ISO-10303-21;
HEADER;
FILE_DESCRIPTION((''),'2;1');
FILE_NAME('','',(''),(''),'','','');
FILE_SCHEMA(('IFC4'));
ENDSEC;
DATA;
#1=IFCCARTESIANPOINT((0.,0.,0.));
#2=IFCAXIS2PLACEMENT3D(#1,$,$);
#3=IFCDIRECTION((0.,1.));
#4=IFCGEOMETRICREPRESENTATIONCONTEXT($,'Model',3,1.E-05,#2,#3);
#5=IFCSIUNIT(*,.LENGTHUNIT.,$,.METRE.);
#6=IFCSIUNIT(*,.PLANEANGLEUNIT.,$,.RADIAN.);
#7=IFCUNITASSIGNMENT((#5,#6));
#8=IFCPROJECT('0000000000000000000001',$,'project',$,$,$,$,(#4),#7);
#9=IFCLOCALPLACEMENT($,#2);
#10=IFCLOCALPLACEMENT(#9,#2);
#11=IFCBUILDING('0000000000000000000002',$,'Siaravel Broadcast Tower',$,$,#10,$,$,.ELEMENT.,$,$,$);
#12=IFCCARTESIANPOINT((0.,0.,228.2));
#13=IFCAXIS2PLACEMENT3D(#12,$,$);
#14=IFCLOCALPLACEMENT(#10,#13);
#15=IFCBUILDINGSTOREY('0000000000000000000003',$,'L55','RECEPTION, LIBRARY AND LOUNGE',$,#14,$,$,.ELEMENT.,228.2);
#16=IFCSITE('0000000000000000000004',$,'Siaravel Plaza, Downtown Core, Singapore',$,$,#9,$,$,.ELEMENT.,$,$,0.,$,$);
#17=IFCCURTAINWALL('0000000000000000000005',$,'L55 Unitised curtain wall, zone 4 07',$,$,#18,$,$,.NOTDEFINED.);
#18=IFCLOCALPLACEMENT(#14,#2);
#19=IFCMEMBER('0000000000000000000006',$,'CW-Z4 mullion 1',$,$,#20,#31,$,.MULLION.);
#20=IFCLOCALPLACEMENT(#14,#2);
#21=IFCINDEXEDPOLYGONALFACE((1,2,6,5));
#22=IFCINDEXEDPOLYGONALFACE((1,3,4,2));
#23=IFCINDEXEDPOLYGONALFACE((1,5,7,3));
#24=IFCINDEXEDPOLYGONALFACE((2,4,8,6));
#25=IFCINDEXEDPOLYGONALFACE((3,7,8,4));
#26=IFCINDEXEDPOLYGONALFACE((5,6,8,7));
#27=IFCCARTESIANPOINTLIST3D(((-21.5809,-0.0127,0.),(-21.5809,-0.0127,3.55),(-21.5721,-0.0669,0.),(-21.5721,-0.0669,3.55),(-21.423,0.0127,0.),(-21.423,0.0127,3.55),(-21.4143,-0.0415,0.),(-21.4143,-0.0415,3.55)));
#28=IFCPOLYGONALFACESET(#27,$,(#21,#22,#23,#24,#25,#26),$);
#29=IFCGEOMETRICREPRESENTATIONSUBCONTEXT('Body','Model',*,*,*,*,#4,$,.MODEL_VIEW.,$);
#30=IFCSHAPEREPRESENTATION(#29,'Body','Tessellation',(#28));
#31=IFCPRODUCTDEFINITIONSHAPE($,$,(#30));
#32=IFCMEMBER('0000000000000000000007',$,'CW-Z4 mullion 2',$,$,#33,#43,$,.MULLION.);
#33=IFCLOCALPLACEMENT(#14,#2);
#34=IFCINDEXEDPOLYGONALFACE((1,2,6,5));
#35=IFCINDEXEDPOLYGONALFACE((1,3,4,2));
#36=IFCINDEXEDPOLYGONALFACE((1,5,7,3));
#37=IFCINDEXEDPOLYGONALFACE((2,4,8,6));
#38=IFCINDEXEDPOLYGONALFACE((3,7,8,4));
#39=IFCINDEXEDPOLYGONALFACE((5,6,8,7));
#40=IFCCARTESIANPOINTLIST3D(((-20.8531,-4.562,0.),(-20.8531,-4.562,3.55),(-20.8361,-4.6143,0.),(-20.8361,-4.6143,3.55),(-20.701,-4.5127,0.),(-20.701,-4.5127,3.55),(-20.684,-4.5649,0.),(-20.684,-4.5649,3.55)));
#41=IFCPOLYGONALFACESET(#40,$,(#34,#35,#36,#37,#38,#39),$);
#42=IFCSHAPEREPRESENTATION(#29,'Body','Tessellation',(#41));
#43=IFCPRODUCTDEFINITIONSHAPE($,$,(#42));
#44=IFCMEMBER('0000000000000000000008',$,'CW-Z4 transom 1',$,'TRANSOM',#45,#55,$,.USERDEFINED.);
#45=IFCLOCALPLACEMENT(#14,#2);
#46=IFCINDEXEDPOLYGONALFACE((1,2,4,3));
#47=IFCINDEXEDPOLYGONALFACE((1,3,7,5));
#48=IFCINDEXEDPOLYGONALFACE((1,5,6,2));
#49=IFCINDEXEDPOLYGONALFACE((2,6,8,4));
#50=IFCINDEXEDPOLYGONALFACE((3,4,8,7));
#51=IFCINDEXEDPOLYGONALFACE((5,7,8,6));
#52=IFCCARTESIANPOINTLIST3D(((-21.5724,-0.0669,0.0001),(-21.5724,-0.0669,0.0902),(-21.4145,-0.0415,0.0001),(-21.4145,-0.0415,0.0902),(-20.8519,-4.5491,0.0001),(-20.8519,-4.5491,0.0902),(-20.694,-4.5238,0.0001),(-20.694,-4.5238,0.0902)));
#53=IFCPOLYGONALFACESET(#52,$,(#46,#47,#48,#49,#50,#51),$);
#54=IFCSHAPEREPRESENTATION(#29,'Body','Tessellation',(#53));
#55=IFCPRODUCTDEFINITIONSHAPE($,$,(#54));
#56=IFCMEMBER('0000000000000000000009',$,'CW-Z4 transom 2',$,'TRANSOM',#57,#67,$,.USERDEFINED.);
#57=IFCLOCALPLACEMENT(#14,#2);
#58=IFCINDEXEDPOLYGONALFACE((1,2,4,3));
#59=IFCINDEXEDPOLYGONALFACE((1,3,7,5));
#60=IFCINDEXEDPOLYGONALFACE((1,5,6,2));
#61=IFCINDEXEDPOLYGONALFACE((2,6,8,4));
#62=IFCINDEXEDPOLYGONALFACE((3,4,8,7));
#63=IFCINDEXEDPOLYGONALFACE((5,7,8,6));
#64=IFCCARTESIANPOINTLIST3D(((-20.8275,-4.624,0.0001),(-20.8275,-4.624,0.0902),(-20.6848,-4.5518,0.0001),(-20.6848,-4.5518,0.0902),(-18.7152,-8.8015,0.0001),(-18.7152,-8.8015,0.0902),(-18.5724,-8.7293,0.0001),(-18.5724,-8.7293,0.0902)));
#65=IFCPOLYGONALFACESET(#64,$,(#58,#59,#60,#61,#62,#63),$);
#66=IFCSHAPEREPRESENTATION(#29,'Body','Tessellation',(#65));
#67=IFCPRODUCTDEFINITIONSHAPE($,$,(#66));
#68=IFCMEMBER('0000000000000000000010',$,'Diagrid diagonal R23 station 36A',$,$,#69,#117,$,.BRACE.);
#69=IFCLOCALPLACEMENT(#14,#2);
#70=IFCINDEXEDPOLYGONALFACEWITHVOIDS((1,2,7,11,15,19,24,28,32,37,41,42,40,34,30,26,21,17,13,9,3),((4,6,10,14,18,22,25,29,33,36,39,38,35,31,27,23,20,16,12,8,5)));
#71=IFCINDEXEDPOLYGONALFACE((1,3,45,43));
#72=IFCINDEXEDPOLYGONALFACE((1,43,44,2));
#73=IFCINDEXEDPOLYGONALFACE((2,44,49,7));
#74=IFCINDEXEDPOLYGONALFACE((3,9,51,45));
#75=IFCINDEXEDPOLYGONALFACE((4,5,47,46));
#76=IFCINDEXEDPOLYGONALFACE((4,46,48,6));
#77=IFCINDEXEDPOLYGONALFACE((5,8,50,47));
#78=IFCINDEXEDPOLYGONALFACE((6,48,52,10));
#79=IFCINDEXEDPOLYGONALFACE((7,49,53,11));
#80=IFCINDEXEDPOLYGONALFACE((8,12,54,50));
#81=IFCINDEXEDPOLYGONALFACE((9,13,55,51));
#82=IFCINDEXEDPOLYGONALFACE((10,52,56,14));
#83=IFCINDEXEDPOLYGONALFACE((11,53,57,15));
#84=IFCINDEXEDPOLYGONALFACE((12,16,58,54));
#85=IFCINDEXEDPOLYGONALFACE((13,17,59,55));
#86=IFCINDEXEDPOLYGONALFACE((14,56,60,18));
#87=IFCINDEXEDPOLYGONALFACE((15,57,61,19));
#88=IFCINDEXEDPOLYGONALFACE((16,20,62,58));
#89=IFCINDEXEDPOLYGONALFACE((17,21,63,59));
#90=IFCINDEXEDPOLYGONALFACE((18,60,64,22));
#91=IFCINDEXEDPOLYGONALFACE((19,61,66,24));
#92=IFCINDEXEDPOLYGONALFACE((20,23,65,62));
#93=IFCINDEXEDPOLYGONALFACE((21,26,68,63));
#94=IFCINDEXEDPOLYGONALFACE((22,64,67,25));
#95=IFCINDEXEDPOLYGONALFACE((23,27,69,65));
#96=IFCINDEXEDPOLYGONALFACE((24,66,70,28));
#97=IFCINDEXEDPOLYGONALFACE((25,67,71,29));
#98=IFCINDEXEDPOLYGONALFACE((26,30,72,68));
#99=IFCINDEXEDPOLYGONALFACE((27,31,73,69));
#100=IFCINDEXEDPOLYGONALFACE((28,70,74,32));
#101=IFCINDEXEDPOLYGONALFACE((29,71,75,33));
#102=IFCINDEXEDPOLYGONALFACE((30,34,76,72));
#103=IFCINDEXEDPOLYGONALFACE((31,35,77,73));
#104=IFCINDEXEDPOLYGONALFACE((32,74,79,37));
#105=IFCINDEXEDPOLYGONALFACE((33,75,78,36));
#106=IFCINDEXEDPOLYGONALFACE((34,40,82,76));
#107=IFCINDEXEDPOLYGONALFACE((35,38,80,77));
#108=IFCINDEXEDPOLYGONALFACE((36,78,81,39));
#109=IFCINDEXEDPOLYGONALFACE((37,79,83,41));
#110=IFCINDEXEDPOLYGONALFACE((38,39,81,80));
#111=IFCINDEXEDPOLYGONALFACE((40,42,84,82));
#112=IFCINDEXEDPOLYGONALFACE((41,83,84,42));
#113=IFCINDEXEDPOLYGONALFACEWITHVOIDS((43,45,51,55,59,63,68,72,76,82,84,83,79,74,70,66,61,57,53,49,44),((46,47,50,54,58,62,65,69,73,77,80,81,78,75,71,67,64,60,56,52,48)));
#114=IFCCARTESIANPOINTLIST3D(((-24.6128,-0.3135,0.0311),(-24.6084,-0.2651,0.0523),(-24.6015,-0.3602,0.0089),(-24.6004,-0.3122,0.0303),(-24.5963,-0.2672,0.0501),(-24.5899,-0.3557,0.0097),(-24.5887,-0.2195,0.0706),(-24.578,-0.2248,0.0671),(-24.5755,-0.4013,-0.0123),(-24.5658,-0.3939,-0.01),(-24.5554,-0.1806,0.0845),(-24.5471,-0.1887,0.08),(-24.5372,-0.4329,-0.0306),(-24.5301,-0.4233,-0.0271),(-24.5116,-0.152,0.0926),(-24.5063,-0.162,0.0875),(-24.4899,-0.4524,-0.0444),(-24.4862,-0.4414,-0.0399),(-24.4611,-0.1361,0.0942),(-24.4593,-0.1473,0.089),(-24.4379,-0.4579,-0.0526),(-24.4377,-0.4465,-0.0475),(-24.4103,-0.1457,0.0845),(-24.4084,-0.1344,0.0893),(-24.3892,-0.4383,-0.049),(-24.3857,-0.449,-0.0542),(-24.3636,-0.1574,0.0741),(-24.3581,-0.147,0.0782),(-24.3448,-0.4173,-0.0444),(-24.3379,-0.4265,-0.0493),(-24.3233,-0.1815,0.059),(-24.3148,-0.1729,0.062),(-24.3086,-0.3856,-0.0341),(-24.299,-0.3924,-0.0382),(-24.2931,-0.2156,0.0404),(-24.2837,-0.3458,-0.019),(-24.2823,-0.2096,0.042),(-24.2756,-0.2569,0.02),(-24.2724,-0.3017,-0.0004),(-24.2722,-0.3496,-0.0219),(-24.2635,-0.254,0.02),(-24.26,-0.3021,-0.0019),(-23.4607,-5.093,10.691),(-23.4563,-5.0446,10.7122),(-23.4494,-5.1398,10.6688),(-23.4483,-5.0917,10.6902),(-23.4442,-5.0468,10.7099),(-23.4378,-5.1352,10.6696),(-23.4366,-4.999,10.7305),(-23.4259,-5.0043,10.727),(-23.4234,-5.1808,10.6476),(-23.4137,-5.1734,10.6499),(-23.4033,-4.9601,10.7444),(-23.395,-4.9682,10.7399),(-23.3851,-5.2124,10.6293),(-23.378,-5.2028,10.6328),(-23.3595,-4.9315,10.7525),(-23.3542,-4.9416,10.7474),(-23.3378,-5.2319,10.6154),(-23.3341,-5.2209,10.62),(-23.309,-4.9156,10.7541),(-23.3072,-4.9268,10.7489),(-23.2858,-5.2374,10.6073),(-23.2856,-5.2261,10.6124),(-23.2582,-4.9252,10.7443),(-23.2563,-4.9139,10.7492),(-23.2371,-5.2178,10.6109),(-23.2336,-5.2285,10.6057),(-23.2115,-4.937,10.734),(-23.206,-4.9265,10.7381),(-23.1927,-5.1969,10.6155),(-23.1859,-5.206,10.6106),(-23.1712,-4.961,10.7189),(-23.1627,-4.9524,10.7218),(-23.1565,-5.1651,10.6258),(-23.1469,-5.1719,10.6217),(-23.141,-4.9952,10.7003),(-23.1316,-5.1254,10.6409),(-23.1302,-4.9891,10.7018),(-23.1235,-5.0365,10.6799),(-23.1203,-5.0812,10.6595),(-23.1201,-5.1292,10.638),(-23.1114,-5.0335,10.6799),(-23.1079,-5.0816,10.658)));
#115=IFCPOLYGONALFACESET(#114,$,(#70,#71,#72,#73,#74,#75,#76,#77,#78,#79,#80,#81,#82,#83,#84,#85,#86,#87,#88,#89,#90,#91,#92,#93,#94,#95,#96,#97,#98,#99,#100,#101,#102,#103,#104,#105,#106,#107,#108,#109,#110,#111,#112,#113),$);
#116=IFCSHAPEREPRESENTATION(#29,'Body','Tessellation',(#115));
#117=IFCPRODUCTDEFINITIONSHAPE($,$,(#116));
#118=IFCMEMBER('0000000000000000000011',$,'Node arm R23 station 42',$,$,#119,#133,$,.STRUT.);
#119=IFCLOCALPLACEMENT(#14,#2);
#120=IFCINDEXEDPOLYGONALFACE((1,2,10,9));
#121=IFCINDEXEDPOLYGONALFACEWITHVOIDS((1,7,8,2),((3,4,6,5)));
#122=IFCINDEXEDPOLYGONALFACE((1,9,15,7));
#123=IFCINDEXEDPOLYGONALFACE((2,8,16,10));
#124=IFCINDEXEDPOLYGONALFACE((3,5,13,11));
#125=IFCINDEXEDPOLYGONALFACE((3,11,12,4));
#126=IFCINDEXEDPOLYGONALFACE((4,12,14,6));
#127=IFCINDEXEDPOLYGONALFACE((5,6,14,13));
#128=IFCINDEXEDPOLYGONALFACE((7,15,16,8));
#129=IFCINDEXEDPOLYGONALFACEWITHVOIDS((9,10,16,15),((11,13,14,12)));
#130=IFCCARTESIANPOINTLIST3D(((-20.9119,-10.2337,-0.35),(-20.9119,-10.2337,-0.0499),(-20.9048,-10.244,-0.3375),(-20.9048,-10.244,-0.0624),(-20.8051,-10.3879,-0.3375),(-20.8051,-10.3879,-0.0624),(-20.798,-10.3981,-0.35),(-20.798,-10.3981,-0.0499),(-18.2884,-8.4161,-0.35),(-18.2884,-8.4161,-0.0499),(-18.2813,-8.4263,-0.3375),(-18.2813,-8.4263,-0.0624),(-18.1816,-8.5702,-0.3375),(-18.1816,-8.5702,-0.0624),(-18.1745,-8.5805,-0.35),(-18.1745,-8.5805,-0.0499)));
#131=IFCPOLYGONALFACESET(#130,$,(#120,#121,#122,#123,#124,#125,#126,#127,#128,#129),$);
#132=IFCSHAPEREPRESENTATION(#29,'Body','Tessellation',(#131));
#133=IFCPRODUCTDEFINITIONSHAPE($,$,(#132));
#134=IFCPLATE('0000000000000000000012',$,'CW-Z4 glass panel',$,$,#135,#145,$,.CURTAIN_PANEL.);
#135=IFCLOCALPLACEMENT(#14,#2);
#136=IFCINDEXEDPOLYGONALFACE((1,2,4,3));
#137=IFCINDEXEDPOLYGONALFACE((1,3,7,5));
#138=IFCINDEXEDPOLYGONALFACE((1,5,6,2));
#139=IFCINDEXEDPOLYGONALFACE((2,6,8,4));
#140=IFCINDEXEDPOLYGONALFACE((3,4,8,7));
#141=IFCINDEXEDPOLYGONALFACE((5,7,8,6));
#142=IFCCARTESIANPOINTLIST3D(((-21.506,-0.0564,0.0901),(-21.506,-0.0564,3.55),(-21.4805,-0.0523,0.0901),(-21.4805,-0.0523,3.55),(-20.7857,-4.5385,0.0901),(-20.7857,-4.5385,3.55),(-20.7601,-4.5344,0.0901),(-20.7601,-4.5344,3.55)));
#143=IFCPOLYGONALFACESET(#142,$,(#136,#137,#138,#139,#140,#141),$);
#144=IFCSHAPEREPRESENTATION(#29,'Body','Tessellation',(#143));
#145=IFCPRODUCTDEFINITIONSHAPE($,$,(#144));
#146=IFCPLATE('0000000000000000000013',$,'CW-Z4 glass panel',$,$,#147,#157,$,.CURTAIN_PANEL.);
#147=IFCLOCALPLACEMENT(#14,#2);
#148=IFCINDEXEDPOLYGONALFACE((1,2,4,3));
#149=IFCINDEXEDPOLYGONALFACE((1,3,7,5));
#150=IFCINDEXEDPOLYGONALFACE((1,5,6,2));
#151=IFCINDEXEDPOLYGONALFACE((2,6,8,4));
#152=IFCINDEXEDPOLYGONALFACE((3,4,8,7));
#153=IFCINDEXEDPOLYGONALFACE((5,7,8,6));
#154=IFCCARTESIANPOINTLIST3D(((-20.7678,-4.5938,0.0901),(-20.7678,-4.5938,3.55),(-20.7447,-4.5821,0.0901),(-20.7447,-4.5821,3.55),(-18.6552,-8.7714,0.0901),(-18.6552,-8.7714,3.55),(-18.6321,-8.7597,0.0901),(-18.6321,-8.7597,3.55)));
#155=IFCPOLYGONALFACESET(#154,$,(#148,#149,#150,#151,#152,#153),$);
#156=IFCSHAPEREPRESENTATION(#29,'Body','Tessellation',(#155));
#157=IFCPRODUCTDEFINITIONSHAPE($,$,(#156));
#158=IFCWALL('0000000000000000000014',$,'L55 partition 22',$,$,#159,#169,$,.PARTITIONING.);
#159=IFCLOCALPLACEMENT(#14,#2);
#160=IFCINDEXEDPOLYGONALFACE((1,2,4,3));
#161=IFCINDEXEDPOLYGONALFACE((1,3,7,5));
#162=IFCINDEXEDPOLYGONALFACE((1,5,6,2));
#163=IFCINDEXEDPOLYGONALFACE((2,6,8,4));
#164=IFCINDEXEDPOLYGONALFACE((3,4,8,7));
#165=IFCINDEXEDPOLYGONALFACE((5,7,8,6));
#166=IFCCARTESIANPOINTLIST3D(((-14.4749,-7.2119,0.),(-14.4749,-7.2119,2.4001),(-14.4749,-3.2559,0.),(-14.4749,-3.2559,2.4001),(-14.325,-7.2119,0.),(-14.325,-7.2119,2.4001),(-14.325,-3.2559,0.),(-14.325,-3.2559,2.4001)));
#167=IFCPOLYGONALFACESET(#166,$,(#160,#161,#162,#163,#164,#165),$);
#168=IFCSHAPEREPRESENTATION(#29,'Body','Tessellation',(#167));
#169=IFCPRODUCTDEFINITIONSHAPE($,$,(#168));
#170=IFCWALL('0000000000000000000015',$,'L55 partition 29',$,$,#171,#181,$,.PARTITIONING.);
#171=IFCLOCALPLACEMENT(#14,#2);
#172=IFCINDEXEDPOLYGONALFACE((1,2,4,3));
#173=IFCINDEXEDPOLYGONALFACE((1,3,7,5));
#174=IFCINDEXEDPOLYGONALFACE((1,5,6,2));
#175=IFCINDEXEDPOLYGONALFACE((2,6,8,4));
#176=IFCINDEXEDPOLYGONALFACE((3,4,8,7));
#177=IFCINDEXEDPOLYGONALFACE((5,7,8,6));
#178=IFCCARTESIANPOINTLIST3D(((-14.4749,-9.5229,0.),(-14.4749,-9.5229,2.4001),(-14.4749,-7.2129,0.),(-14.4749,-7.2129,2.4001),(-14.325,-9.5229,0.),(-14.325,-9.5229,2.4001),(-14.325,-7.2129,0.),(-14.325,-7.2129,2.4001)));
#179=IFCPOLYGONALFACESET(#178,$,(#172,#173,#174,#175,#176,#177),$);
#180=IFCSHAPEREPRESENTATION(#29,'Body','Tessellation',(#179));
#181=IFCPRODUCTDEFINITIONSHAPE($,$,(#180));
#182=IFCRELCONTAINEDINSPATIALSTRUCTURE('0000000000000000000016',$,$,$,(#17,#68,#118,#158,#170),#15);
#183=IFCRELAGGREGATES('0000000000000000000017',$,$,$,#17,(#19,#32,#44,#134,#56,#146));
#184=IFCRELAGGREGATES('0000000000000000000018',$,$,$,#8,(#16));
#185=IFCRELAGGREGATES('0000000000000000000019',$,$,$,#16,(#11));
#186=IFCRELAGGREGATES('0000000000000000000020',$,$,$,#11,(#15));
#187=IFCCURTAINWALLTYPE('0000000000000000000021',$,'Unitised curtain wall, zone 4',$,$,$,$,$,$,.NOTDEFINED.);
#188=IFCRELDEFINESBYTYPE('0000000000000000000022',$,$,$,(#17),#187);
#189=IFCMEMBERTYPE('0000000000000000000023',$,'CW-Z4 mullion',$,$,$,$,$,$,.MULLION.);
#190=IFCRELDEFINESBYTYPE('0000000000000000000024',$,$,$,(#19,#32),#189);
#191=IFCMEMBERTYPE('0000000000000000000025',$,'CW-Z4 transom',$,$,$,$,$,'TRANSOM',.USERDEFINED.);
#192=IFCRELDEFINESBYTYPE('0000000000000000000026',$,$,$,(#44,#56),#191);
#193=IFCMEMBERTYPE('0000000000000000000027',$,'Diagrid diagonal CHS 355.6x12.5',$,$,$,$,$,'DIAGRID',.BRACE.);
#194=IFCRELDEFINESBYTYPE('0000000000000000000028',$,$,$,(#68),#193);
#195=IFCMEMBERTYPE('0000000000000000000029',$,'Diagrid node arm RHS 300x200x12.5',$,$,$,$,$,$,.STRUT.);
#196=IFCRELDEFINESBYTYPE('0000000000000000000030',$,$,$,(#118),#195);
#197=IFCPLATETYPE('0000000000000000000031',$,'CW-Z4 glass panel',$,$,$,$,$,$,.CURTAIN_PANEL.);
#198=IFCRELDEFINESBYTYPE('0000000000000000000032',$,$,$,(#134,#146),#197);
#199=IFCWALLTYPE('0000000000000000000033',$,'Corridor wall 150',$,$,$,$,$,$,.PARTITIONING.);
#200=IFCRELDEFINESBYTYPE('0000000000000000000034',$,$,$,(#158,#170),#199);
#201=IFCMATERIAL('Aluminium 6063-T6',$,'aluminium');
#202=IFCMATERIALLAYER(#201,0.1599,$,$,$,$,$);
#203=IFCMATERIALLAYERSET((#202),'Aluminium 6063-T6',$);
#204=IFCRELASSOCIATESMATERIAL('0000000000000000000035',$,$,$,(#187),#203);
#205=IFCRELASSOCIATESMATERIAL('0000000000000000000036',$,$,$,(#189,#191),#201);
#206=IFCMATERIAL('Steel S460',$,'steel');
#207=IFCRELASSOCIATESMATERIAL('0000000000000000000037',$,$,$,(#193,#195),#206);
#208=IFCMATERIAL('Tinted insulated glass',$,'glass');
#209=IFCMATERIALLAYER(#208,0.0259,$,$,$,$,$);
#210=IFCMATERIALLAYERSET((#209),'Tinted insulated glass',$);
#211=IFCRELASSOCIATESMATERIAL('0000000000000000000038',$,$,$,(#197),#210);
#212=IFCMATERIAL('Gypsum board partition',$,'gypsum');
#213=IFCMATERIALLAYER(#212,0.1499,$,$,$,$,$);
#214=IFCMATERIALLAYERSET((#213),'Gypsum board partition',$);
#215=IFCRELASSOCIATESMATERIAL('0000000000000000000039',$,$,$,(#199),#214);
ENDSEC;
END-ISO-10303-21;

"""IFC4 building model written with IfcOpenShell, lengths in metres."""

from ifc_helpers import new_model, si_unit, direction, frame, frame_2d, origin, origin_2d, place, context, subcontext, project, spatial, rectangle, hollow_rectangle, hollow_circle, extrude, material, layer, layer_set, material_profile, profile_set, type_object, element, aggregate, save


model = new_model("IFC4")

# Units and contexts
model_context = context("Model", 3, precision=1e-05, world=origin(), true_north=direction((0.0, 1.0)))
body_context = subcontext(model_context, "Body", "Model", "MODEL_VIEW")
ifc_project = project(units=[si_unit("LENGTHUNIT", "METRE"), si_unit("PLANEANGLEUNIT", "RADIAN")], contexts=[model_context])

# Site, building, storey
site_placement = place(None, origin())
site = spatial("IfcSite", under=ifc_project, at=site_placement, Name="Siaravel Plaza, Downtown Core, Singapore", CompositionType="ELEMENT", RefElevation=0.0)
building_placement = place(site_placement, origin())
building = spatial("IfcBuilding", under=site, at=building_placement, Name="Siaravel Broadcast Tower", CompositionType="ELEMENT")
storey_placement = place(building_placement, frame((0.0, 0.0, 228.2)))
storey = spatial("IfcBuildingStorey", under=building, at=storey_placement, Name="L55", Description="RECEPTION, LIBRARY AND LOUNGE", CompositionType="ELEMENT", Elevation=228.2)

# Curtain wall, members
ifc_material_1 = material(Name="Aluminium 6063-T6", Category="aluminium")
ifc_layer_1 = layer(ifc_material_1, 0.1599)
ifc_layer_set_1 = layer_set([ifc_layer_1], Name="Aluminium 6063-T6")
curtain_wall_type = type_object("IfcCurtainWallType", Name="Unitised curtain wall, zone 4", PredefinedType="NOTDEFINED", material=ifc_layer_set_1)
curtain_wall_placement = place(storey_placement, origin())
curtain_wall = element("IfcCurtainWall", 1, at=curtain_wall_placement, inside=storey, type_object=curtain_wall_type, Name="L55 Unitised curtain wall, zone 4 07", PredefinedType="NOTDEFINED")
ifc_material_profile_1 = material_profile(ifc_material_1, rectangle(XDim=0.1599, YDim=0.0549, at=origin_2d()))
ifc_profile_set_1 = profile_set([ifc_material_profile_1], Name="Aluminium 6063-T6")
member_type_1 = type_object("IfcMemberType", Name="CW-Z4 mullion", PredefinedType="MULLION", material=ifc_profile_set_1)
member_1_placement = place(storey_placement, frame((-21.4976, -0.0271, 0.0), z_axis=(0.0, 0.0, 1.0), x_axis=(0.987329, 0.158685, 0.0)))
member_1 = element("IfcMember", 2, at=member_1_placement, type_object=member_type_1, Name="CW-Z4 mullion 1", PredefinedType="MULLION", context=body_context, shape_type="SweptSolid", body=[
    extrude(rectangle(XDim=0.1599, YDim=0.0549, at=origin_2d()), origin(), (0.0, 0.0, 1.0), 3.55),
])
member_2_placement = place(storey_placement, frame((-20.7686, -4.5635, 0.0), z_axis=(0.0, 0.0, 1.0), x_axis=(0.951178, 0.308644, 0.0)))
member_2 = element("IfcMember", 3, at=member_2_placement, type_object=member_type_1, Name="CW-Z4 mullion 2", PredefinedType="MULLION", context=body_context, shape_type="SweptSolid", body=[
    extrude(rectangle(XDim=0.1599, YDim=0.0549, at=origin_2d()), origin(), (0.0, 0.0, 1.0), 3.55),
])
ifc_material_profile_2 = material_profile(ifc_material_1, rectangle(XDim=0.1599, YDim=0.0901, at=origin_2d()))
ifc_profile_set_2 = profile_set([ifc_material_profile_2], Name="Aluminium 6063-T6")
member_type_2 = type_object("IfcMemberType", Name="CW-Z4 transom", ElementType="TRANSOM", PredefinedType="USERDEFINED", material=ifc_profile_set_2)
member_3_placement = place(storey_placement, frame((-21.4934, -0.0542, 0.0452), z_axis=(0.158701, -0.987327, 0.0), x_axis=(0.987327, 0.158701, 0.0)))
member_3 = element("IfcMember", 4, at=member_3_placement, type_object=member_type_2, Name="CW-Z4 transom 1", ObjectType="TRANSOM", PredefinedType="USERDEFINED", context=body_context, shape_type="SweptSolid", body=[
    extrude(rectangle(XDim=0.1599, YDim=0.0901, at=origin_2d()), origin(), (0.0, 0.0, 1.0), 4.5398),
])
member_4_placement = place(storey_placement, frame((-20.7561, -4.5879, 0.0452), z_axis=(0.451235, -0.892405, 0.0), x_axis=(0.892405, 0.451235, 0.0)))
member_4 = element("IfcMember", 5, at=member_4_placement, type_object=member_type_2, Name="CW-Z4 transom 2", ObjectType="TRANSOM", PredefinedType="USERDEFINED", context=body_context, shape_type="SweptSolid", body=[
    extrude(rectangle(XDim=0.1599, YDim=0.0901, at=origin_2d()), origin(), (0.0, 0.0, 1.0), 4.6812),
])

# Members
ifc_material_2 = material(Name="Steel S460", Category="steel")
ifc_material_profile_3 = material_profile(ifc_material_2, hollow_circle(Radius=0.1777, WallThickness=0.0125, at=origin_2d()))
ifc_profile_set_3 = profile_set([ifc_material_profile_3], Name="Steel S460")
member_type_3 = type_object("IfcMemberType", Name="Diagrid diagonal CHS 355.6x12.5", ElementType="DIAGRID", PredefinedType="BRACE", material=ifc_profile_set_3)
member_5_placement = place(storey_placement, frame((-24.4363, -0.2957, 0.02), z_axis=(0.098143, -0.407149, 0.908074), x_axis=(0.972156, 0.234336, 0.0)))
element("IfcMember", 6, at=member_5_placement, inside=storey, type_object=member_type_3, Name="Diagrid diagonal R23 station 36A", PredefinedType="BRACE", context=body_context, shape_type="SweptSolid", body=[
    extrude(hollow_circle(Radius=0.1777, WallThickness=0.0125, at=origin_2d()), origin(), (0.0, 0.0, 1.0), 11.739),
])
ifc_material_profile_4 = material_profile(ifc_material_2, hollow_rectangle(XDim=0.2, YDim=0.3, WallThickness=0.0125, at=origin_2d()))
ifc_profile_set_4 = profile_set([ifc_material_profile_4], Name="Steel S460")
member_type_4 = type_object("IfcMemberType", Name="Diagrid node arm RHS 300x200x12.5", PredefinedType="STRUT", material=ifc_profile_set_4)
member_6_placement = place(storey_placement, frame((-18.2314, -8.4983, -0.2), z_axis=(-0.821997, -0.569492, 0.0), x_axis=(0.569492, -0.821997, 0.0)))
element("IfcMember", 7, at=member_6_placement, inside=storey, type_object=member_type_4, Name="Node arm R23 station 42", PredefinedType="STRUT", context=body_context, shape_type="SweptSolid", body=[
    extrude(hollow_rectangle(XDim=0.2, YDim=0.3, WallThickness=0.0125, at=origin_2d()), origin(), (0.0, 0.0, 1.0), 3.1917),
])

# Plates
ifc_material_3 = material(Name="Tinted insulated glass", Category="glass")
ifc_layer_2 = layer(ifc_material_3, 0.0259)
ifc_layer_set_2 = layer_set([ifc_layer_2], Name="Tinted insulated glass")
plate_type = type_object("IfcPlateType", Name="CW-Z4 glass panel", PredefinedType="CURTAIN_PANEL", material=ifc_layer_set_2)
plate_1_placement = place(storey_placement, frame((-21.1331, -2.2954, 0.0901), z_axis=(0.0, 0.0, 1.0), x_axis=(0.158685, -0.987329, 0.0)))
plate_1 = element("IfcPlate", 8, at=plate_1_placement, type_object=plate_type, Name="CW-Z4 glass panel", PredefinedType="CURTAIN_PANEL", context=body_context, shape_type="SweptSolid", body=[
    extrude(rectangle(XDim=4.5396, YDim=0.0259, at=origin_2d()), origin(), (0.0, 0.0, 1.0), 3.46),
])
plate_2_placement = place(storey_placement, frame((-19.7, -6.6768, 0.0901), z_axis=(0.0, 0.0, 1.0), x_axis=(0.451259, -0.892393, 0.0)))
plate_2 = element("IfcPlate", 9, at=plate_2_placement, type_object=plate_type, Name="CW-Z4 glass panel", PredefinedType="CURTAIN_PANEL", context=body_context, shape_type="SweptSolid", body=[
    extrude(rectangle(XDim=4.6814, YDim=0.0259, at=origin_2d()), origin(), (0.0, 0.0, 1.0), 3.46),
])
aggregate(curtain_wall, [member_1, member_2, member_3, plate_1, member_4, plate_2])

# Walls
ifc_material_4 = material(Name="Gypsum board partition", Category="gypsum")
ifc_layer_3 = layer(ifc_material_4, 0.1499)
ifc_layer_set_3 = layer_set([ifc_layer_3], Name="Gypsum board partition")
wall_type_1 = type_object("IfcWallType", Name="Corridor wall 150", PredefinedType="PARTITIONING", material=ifc_layer_set_3)
wall_1_placement = place(storey_placement, frame((-14.3999, -3.2559, 0.0), z_axis=(0.0, 0.0, 1.0), x_axis=(0.0, -1.0, 0.0)))
element("IfcWall", 10, at=wall_1_placement, inside=storey, type_object=wall_type_1, Name="L55 partition 22", PredefinedType="PARTITIONING", context=body_context, shape_type="SweptSolid", body=[
    extrude(rectangle(XDim=3.9561, YDim=0.1499, at=frame_2d((1.978, 0.0))), origin(), (0.0, 0.0, 1.0), 2.4001),
])
wall_2_placement = place(storey_placement, frame((-14.3999, -7.2129, 0.0), z_axis=(0.0, 0.0, 1.0), x_axis=(0.0, -1.0, 0.0)))
element("IfcWall", 11, at=wall_2_placement, inside=storey, type_object=wall_type_1, Name="L55 partition 29", PredefinedType="PARTITIONING", context=body_context, shape_type="SweptSolid", body=[
    extrude(rectangle(XDim=2.3101, YDim=0.1499, at=frame_2d((1.155, 0.0))), origin(), (0.0, 0.0, 1.0), 2.4001),
])

save(model, "model.ifc")
